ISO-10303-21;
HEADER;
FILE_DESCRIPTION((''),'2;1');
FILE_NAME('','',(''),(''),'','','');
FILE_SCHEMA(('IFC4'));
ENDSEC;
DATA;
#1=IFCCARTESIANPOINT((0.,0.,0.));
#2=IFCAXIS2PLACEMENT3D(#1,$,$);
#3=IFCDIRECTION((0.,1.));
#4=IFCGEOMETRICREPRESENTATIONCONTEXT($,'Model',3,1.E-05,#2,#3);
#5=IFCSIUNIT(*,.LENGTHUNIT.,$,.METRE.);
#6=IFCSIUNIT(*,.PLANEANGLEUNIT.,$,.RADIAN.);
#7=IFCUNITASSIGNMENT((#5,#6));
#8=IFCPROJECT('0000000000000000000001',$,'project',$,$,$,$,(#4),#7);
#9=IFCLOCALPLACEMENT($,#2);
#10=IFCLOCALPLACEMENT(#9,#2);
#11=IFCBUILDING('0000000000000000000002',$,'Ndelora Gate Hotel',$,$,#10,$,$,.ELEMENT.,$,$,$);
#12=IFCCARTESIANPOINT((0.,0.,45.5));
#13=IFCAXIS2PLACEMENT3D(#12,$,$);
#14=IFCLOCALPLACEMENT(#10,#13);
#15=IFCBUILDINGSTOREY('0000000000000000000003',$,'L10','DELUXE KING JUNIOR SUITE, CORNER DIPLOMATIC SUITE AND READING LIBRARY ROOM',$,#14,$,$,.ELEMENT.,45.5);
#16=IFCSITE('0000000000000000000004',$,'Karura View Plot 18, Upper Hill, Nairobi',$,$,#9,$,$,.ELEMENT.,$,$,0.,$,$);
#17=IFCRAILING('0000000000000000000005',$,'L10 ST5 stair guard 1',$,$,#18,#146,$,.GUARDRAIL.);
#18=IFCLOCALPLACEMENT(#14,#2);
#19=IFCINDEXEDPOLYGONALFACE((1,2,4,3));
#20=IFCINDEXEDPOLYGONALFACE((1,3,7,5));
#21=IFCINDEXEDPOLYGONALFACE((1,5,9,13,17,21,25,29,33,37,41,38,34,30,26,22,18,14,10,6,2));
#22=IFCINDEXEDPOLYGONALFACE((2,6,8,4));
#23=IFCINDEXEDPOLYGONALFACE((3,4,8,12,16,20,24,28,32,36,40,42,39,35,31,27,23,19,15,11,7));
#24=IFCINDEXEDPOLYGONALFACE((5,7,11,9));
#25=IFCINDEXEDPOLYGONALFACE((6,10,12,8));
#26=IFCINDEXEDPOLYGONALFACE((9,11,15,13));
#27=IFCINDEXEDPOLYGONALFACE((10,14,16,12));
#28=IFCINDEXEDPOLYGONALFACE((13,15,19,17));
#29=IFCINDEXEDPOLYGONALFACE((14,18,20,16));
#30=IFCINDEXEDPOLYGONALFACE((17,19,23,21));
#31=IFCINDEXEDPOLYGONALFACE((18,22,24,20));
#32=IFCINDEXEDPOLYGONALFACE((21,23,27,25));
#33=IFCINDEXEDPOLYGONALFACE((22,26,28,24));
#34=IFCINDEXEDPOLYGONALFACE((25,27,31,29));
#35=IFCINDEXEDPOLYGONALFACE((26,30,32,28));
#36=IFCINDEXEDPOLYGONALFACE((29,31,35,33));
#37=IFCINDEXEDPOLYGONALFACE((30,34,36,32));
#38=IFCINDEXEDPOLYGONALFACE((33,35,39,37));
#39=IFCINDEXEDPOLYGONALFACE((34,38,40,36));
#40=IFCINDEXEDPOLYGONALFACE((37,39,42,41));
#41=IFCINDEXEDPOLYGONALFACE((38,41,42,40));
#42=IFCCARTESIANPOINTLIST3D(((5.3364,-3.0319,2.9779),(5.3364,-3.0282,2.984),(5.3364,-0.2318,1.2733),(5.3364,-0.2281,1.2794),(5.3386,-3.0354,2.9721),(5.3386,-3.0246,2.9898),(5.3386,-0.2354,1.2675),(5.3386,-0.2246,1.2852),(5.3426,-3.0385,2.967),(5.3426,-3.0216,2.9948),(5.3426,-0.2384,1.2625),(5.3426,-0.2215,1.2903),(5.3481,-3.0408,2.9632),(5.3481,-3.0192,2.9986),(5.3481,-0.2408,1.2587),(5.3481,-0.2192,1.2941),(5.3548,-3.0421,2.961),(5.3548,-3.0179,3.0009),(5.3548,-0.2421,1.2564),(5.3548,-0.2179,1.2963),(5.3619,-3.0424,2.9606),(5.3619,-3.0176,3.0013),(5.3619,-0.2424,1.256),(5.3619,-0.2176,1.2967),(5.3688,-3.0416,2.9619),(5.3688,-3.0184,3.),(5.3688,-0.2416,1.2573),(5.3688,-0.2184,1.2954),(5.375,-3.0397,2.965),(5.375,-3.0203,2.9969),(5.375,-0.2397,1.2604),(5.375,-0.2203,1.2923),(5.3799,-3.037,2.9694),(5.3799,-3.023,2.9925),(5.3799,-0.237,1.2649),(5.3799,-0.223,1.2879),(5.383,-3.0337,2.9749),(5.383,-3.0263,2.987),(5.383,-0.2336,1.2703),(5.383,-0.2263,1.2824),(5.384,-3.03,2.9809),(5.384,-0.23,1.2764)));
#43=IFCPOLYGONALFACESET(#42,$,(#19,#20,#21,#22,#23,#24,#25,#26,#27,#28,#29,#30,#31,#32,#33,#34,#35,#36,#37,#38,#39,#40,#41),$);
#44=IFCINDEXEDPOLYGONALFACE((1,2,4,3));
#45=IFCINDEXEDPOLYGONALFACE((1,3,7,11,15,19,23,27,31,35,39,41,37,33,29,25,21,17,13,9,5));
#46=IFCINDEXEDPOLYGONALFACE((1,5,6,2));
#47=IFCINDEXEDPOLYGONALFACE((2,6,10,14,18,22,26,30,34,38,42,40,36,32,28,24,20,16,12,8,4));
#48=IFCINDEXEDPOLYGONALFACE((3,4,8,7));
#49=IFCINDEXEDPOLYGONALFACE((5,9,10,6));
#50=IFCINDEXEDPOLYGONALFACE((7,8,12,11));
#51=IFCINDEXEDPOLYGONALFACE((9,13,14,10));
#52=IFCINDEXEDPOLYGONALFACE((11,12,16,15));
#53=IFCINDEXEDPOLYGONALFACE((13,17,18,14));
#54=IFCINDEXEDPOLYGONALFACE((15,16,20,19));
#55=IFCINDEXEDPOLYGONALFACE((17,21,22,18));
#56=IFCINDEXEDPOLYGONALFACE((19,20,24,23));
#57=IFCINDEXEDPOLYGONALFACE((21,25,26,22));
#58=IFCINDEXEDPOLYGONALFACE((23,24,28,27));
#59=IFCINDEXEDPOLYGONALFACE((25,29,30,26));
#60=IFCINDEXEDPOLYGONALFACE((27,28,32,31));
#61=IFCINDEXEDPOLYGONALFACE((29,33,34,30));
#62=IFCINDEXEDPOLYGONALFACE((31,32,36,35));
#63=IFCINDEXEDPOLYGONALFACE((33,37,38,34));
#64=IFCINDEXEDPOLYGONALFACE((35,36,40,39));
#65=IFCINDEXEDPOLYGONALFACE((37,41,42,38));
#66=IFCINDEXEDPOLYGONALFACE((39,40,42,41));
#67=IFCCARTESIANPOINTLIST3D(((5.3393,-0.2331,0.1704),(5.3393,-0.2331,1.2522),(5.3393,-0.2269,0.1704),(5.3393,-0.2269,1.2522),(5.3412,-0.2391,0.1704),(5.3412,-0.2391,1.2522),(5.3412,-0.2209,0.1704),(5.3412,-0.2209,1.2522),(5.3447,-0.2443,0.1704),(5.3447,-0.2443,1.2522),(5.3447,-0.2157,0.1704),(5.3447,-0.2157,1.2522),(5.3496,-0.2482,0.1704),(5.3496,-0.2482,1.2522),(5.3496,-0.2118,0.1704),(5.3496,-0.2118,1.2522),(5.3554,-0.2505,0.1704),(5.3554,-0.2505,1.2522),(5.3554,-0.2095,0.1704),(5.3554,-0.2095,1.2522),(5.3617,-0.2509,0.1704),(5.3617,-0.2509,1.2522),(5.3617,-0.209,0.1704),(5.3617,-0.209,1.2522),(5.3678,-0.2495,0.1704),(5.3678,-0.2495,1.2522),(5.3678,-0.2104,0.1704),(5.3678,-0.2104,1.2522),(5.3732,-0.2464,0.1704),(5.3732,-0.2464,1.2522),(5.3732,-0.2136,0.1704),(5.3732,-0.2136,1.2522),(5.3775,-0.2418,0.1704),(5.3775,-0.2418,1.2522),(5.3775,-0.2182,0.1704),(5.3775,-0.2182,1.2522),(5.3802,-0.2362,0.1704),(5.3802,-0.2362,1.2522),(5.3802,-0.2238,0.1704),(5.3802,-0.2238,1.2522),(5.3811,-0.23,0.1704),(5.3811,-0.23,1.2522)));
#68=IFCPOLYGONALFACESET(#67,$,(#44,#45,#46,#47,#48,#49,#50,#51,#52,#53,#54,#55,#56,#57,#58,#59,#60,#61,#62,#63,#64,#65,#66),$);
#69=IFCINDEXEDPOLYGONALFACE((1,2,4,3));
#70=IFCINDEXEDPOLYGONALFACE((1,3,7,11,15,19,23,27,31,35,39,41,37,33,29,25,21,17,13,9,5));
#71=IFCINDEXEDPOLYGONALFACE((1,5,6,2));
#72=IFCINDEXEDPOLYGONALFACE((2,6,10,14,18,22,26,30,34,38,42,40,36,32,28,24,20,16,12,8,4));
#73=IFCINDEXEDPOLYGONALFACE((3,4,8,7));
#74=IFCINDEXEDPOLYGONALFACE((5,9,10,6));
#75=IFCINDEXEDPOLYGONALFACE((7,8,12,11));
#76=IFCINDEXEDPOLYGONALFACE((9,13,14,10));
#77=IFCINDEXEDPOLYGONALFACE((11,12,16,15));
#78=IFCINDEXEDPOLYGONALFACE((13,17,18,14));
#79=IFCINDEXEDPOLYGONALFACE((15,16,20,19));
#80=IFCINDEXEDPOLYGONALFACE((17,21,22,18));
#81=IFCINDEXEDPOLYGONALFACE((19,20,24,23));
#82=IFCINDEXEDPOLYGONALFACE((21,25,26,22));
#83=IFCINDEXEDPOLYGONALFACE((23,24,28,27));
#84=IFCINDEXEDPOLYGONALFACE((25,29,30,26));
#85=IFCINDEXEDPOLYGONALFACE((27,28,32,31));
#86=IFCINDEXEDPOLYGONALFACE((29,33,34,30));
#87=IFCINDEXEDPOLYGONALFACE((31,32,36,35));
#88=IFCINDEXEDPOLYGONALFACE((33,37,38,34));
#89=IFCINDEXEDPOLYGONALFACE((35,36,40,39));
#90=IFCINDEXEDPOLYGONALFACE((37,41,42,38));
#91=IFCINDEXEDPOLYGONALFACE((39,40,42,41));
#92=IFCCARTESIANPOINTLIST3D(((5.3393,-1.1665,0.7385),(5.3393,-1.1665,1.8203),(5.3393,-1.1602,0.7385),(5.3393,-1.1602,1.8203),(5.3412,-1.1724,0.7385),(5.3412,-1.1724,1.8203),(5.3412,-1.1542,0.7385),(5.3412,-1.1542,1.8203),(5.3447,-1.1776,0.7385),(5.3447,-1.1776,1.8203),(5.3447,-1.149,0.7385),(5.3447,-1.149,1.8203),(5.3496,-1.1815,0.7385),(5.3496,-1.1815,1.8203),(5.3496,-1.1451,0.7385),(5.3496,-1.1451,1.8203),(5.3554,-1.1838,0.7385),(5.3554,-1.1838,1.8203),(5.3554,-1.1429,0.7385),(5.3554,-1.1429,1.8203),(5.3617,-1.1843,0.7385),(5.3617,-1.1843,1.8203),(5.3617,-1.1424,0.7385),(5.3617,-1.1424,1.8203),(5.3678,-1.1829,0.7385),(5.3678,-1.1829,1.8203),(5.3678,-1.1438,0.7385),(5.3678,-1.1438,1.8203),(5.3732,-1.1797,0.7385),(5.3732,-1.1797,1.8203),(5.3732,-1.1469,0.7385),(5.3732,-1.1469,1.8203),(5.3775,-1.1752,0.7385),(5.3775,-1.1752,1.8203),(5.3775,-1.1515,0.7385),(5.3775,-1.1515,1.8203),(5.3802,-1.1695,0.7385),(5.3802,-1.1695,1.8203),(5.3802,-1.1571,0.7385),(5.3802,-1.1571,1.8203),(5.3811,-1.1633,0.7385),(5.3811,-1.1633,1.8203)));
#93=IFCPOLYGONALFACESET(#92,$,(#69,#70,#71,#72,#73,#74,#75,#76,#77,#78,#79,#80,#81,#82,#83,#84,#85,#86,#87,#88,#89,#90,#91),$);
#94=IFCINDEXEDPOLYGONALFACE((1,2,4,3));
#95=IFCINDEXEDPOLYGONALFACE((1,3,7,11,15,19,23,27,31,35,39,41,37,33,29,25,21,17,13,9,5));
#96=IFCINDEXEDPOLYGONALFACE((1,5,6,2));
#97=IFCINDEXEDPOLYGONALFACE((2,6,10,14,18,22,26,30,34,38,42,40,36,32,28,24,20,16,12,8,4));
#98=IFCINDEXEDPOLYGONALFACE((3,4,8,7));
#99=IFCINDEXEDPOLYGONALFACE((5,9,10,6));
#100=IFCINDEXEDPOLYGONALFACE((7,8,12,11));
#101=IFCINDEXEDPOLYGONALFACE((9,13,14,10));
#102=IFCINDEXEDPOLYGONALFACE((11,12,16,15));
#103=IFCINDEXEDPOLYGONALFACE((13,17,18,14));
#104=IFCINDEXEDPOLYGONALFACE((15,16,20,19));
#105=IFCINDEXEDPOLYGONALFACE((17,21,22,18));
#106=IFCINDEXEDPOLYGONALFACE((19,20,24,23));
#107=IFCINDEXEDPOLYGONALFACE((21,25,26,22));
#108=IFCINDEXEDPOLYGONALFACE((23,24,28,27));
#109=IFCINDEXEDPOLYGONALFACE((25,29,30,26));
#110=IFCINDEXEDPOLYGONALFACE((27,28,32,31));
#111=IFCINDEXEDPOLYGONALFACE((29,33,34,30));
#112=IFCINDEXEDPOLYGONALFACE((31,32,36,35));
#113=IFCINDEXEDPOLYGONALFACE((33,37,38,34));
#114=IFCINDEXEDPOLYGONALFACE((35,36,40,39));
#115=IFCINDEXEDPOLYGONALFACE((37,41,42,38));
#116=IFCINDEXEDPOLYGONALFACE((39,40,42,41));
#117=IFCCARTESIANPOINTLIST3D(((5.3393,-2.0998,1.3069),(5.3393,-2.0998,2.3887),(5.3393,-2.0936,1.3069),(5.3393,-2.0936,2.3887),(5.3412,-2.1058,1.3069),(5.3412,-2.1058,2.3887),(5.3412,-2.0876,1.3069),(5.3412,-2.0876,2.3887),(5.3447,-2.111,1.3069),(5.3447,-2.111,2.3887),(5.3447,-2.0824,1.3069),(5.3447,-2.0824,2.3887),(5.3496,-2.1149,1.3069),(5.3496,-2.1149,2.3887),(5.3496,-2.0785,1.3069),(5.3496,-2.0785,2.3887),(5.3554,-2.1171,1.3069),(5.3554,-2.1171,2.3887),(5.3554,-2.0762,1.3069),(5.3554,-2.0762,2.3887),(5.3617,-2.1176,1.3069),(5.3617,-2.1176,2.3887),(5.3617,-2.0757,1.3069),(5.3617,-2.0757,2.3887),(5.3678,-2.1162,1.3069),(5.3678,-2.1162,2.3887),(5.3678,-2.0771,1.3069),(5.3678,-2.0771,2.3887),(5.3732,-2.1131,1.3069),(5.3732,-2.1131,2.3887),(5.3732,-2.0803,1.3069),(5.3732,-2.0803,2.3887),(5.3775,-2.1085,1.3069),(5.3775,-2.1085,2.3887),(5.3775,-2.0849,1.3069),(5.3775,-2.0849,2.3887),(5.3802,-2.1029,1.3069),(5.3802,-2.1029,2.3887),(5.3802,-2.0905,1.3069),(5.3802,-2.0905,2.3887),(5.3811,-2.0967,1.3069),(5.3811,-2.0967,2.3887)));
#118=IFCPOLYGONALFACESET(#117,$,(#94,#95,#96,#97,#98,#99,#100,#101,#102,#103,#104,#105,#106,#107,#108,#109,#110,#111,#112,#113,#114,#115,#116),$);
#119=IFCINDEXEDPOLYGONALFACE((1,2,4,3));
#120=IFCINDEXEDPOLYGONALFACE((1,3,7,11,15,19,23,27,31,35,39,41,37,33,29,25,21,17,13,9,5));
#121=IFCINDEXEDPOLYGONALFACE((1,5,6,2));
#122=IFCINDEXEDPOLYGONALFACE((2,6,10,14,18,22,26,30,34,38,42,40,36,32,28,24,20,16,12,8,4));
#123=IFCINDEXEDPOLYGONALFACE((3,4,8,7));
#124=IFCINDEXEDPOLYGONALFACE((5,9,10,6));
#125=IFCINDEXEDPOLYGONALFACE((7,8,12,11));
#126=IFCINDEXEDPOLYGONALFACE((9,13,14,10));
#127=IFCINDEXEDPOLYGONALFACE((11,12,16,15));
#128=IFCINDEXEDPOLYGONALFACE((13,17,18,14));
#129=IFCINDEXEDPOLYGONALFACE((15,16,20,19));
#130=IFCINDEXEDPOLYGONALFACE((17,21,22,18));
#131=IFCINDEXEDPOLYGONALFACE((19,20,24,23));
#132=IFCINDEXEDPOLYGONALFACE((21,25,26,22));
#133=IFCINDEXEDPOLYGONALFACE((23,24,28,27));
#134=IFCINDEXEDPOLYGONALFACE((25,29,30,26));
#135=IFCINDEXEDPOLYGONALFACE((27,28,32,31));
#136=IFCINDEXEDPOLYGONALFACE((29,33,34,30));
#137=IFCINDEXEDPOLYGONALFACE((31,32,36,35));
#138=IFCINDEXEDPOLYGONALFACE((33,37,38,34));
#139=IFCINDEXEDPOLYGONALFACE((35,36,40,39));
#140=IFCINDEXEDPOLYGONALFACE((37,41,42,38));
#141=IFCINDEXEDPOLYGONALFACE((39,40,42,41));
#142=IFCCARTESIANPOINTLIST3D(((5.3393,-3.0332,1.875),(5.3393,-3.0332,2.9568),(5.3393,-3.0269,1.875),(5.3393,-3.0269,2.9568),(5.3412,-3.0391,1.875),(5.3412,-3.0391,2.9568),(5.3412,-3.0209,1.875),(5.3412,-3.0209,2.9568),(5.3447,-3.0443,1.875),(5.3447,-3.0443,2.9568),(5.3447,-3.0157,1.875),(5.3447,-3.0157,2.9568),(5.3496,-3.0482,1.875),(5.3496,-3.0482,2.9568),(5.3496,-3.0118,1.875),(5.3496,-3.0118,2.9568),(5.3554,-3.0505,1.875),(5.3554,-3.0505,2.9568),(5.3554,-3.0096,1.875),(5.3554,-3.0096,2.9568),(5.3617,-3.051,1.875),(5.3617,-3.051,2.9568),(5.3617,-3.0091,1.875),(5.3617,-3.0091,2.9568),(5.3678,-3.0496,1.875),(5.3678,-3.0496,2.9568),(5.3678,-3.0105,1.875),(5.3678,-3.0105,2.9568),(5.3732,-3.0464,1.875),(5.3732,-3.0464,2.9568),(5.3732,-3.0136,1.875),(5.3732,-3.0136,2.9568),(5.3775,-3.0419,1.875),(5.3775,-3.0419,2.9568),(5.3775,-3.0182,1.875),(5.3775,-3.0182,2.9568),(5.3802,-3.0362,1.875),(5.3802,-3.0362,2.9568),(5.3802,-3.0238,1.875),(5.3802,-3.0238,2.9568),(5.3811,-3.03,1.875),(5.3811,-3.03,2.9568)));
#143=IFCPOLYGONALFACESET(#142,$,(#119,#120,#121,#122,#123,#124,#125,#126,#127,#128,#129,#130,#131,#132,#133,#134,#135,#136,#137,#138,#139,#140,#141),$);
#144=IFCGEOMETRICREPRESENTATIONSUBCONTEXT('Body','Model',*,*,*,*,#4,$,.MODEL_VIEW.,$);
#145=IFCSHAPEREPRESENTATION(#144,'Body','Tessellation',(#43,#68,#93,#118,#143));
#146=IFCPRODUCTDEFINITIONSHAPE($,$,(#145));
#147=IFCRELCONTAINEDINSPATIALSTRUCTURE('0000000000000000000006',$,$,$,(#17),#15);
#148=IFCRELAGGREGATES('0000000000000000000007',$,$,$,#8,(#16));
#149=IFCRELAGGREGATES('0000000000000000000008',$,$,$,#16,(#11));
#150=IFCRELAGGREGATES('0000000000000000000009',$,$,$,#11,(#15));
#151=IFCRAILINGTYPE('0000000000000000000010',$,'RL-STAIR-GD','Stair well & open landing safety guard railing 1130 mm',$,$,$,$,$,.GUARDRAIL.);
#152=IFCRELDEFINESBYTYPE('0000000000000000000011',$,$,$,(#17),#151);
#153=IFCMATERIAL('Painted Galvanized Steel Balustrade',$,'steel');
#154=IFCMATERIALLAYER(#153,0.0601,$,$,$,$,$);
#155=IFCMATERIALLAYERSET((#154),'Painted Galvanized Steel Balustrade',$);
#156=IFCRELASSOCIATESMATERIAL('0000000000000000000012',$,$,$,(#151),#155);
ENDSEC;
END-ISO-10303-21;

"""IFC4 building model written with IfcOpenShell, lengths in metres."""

from ifc_helpers import new_model, si_unit, direction, frame, origin, origin_2d, place, context, subcontext, project, spatial, circle, extrude, material, layer, layer_set, type_object, element, save


model = new_model("IFC4")

# Units and contexts
model_context = context("Model", 3, precision=1e-05, world=origin(), true_north=direction((0.0, 1.0)))
body_context = subcontext(model_context, "Body", "Model", "MODEL_VIEW")
ifc_project = project(units=[si_unit("LENGTHUNIT", "METRE"), si_unit("PLANEANGLEUNIT", "RADIAN")], contexts=[model_context])

# Site, building, storey
site_placement = place(None, origin())
site = spatial("IfcSite", under=ifc_project, at=site_placement, Name="Karura View Plot 18, Upper Hill, Nairobi", CompositionType="ELEMENT", RefElevation=0.0)
building_placement = place(site_placement, origin())
building = spatial("IfcBuilding", under=site, at=building_placement, Name="Ndelora Gate Hotel", CompositionType="ELEMENT")
storey_placement = place(building_placement, frame((0.0, 0.0, 45.5)))
storey = spatial("IfcBuildingStorey", under=building, at=storey_placement, Name="L10", Description="DELUXE KING JUNIOR SUITE, CORNER DIPLOMATIC SUITE AND READING LIBRARY ROOM", CompositionType="ELEMENT", Elevation=45.5)

# Railing
ifc_material_1 = material(Name="Painted Galvanized Steel Balustrade", Category="steel")
ifc_layer_1 = layer(ifc_material_1, 0.0601)
ifc_layer_set_1 = layer_set([ifc_layer_1], Name="Painted Galvanized Steel Balustrade")
railing_type_1 = type_object("IfcRailingType", Name="RL-STAIR-GD", Description="Stair well & open landing safety guard railing 1130 mm", PredefinedType="GUARDRAIL", material=ifc_layer_set_1)
railing_1_placement = place(storey_placement, frame((5.3601, -0.23, 0.1704)))
element("IfcRailing", 1, at=railing_1_placement, inside=storey, type_object=railing_type_1, Name="L10 ST5 stair guard 1", PredefinedType="GUARDRAIL", context=body_context, shape_type="SweptSolid", body=[
    extrude(circle(Radius=0.0239, at=origin_2d()), frame((0.0, 0.0, 1.106), z_axis=(0.0, -0.85417, 0.519994), x_axis=(1.0, 0.0, 0.0)), (0.0, 0.0, 1.0), 3.2781),
    extrude(circle(Radius=0.021, at=origin_2d()), origin(), (0.0, 0.0, 1.0), 1.0818),
    extrude(circle(Radius=0.021, at=origin_2d()), frame((0.0, -0.9333, 0.5681)), (0.0, 0.0, 1.0), 1.0818),
    extrude(circle(Radius=0.021, at=origin_2d()), frame((0.0, -1.8667, 1.1365)), (0.0, 0.0, 1.0), 1.0818),
    extrude(circle(Radius=0.021, at=origin_2d()), frame((0.0, -2.8, 1.7046)), (0.0, 0.0, 1.0), 1.0818),
])

save(model, "model.ifc")
